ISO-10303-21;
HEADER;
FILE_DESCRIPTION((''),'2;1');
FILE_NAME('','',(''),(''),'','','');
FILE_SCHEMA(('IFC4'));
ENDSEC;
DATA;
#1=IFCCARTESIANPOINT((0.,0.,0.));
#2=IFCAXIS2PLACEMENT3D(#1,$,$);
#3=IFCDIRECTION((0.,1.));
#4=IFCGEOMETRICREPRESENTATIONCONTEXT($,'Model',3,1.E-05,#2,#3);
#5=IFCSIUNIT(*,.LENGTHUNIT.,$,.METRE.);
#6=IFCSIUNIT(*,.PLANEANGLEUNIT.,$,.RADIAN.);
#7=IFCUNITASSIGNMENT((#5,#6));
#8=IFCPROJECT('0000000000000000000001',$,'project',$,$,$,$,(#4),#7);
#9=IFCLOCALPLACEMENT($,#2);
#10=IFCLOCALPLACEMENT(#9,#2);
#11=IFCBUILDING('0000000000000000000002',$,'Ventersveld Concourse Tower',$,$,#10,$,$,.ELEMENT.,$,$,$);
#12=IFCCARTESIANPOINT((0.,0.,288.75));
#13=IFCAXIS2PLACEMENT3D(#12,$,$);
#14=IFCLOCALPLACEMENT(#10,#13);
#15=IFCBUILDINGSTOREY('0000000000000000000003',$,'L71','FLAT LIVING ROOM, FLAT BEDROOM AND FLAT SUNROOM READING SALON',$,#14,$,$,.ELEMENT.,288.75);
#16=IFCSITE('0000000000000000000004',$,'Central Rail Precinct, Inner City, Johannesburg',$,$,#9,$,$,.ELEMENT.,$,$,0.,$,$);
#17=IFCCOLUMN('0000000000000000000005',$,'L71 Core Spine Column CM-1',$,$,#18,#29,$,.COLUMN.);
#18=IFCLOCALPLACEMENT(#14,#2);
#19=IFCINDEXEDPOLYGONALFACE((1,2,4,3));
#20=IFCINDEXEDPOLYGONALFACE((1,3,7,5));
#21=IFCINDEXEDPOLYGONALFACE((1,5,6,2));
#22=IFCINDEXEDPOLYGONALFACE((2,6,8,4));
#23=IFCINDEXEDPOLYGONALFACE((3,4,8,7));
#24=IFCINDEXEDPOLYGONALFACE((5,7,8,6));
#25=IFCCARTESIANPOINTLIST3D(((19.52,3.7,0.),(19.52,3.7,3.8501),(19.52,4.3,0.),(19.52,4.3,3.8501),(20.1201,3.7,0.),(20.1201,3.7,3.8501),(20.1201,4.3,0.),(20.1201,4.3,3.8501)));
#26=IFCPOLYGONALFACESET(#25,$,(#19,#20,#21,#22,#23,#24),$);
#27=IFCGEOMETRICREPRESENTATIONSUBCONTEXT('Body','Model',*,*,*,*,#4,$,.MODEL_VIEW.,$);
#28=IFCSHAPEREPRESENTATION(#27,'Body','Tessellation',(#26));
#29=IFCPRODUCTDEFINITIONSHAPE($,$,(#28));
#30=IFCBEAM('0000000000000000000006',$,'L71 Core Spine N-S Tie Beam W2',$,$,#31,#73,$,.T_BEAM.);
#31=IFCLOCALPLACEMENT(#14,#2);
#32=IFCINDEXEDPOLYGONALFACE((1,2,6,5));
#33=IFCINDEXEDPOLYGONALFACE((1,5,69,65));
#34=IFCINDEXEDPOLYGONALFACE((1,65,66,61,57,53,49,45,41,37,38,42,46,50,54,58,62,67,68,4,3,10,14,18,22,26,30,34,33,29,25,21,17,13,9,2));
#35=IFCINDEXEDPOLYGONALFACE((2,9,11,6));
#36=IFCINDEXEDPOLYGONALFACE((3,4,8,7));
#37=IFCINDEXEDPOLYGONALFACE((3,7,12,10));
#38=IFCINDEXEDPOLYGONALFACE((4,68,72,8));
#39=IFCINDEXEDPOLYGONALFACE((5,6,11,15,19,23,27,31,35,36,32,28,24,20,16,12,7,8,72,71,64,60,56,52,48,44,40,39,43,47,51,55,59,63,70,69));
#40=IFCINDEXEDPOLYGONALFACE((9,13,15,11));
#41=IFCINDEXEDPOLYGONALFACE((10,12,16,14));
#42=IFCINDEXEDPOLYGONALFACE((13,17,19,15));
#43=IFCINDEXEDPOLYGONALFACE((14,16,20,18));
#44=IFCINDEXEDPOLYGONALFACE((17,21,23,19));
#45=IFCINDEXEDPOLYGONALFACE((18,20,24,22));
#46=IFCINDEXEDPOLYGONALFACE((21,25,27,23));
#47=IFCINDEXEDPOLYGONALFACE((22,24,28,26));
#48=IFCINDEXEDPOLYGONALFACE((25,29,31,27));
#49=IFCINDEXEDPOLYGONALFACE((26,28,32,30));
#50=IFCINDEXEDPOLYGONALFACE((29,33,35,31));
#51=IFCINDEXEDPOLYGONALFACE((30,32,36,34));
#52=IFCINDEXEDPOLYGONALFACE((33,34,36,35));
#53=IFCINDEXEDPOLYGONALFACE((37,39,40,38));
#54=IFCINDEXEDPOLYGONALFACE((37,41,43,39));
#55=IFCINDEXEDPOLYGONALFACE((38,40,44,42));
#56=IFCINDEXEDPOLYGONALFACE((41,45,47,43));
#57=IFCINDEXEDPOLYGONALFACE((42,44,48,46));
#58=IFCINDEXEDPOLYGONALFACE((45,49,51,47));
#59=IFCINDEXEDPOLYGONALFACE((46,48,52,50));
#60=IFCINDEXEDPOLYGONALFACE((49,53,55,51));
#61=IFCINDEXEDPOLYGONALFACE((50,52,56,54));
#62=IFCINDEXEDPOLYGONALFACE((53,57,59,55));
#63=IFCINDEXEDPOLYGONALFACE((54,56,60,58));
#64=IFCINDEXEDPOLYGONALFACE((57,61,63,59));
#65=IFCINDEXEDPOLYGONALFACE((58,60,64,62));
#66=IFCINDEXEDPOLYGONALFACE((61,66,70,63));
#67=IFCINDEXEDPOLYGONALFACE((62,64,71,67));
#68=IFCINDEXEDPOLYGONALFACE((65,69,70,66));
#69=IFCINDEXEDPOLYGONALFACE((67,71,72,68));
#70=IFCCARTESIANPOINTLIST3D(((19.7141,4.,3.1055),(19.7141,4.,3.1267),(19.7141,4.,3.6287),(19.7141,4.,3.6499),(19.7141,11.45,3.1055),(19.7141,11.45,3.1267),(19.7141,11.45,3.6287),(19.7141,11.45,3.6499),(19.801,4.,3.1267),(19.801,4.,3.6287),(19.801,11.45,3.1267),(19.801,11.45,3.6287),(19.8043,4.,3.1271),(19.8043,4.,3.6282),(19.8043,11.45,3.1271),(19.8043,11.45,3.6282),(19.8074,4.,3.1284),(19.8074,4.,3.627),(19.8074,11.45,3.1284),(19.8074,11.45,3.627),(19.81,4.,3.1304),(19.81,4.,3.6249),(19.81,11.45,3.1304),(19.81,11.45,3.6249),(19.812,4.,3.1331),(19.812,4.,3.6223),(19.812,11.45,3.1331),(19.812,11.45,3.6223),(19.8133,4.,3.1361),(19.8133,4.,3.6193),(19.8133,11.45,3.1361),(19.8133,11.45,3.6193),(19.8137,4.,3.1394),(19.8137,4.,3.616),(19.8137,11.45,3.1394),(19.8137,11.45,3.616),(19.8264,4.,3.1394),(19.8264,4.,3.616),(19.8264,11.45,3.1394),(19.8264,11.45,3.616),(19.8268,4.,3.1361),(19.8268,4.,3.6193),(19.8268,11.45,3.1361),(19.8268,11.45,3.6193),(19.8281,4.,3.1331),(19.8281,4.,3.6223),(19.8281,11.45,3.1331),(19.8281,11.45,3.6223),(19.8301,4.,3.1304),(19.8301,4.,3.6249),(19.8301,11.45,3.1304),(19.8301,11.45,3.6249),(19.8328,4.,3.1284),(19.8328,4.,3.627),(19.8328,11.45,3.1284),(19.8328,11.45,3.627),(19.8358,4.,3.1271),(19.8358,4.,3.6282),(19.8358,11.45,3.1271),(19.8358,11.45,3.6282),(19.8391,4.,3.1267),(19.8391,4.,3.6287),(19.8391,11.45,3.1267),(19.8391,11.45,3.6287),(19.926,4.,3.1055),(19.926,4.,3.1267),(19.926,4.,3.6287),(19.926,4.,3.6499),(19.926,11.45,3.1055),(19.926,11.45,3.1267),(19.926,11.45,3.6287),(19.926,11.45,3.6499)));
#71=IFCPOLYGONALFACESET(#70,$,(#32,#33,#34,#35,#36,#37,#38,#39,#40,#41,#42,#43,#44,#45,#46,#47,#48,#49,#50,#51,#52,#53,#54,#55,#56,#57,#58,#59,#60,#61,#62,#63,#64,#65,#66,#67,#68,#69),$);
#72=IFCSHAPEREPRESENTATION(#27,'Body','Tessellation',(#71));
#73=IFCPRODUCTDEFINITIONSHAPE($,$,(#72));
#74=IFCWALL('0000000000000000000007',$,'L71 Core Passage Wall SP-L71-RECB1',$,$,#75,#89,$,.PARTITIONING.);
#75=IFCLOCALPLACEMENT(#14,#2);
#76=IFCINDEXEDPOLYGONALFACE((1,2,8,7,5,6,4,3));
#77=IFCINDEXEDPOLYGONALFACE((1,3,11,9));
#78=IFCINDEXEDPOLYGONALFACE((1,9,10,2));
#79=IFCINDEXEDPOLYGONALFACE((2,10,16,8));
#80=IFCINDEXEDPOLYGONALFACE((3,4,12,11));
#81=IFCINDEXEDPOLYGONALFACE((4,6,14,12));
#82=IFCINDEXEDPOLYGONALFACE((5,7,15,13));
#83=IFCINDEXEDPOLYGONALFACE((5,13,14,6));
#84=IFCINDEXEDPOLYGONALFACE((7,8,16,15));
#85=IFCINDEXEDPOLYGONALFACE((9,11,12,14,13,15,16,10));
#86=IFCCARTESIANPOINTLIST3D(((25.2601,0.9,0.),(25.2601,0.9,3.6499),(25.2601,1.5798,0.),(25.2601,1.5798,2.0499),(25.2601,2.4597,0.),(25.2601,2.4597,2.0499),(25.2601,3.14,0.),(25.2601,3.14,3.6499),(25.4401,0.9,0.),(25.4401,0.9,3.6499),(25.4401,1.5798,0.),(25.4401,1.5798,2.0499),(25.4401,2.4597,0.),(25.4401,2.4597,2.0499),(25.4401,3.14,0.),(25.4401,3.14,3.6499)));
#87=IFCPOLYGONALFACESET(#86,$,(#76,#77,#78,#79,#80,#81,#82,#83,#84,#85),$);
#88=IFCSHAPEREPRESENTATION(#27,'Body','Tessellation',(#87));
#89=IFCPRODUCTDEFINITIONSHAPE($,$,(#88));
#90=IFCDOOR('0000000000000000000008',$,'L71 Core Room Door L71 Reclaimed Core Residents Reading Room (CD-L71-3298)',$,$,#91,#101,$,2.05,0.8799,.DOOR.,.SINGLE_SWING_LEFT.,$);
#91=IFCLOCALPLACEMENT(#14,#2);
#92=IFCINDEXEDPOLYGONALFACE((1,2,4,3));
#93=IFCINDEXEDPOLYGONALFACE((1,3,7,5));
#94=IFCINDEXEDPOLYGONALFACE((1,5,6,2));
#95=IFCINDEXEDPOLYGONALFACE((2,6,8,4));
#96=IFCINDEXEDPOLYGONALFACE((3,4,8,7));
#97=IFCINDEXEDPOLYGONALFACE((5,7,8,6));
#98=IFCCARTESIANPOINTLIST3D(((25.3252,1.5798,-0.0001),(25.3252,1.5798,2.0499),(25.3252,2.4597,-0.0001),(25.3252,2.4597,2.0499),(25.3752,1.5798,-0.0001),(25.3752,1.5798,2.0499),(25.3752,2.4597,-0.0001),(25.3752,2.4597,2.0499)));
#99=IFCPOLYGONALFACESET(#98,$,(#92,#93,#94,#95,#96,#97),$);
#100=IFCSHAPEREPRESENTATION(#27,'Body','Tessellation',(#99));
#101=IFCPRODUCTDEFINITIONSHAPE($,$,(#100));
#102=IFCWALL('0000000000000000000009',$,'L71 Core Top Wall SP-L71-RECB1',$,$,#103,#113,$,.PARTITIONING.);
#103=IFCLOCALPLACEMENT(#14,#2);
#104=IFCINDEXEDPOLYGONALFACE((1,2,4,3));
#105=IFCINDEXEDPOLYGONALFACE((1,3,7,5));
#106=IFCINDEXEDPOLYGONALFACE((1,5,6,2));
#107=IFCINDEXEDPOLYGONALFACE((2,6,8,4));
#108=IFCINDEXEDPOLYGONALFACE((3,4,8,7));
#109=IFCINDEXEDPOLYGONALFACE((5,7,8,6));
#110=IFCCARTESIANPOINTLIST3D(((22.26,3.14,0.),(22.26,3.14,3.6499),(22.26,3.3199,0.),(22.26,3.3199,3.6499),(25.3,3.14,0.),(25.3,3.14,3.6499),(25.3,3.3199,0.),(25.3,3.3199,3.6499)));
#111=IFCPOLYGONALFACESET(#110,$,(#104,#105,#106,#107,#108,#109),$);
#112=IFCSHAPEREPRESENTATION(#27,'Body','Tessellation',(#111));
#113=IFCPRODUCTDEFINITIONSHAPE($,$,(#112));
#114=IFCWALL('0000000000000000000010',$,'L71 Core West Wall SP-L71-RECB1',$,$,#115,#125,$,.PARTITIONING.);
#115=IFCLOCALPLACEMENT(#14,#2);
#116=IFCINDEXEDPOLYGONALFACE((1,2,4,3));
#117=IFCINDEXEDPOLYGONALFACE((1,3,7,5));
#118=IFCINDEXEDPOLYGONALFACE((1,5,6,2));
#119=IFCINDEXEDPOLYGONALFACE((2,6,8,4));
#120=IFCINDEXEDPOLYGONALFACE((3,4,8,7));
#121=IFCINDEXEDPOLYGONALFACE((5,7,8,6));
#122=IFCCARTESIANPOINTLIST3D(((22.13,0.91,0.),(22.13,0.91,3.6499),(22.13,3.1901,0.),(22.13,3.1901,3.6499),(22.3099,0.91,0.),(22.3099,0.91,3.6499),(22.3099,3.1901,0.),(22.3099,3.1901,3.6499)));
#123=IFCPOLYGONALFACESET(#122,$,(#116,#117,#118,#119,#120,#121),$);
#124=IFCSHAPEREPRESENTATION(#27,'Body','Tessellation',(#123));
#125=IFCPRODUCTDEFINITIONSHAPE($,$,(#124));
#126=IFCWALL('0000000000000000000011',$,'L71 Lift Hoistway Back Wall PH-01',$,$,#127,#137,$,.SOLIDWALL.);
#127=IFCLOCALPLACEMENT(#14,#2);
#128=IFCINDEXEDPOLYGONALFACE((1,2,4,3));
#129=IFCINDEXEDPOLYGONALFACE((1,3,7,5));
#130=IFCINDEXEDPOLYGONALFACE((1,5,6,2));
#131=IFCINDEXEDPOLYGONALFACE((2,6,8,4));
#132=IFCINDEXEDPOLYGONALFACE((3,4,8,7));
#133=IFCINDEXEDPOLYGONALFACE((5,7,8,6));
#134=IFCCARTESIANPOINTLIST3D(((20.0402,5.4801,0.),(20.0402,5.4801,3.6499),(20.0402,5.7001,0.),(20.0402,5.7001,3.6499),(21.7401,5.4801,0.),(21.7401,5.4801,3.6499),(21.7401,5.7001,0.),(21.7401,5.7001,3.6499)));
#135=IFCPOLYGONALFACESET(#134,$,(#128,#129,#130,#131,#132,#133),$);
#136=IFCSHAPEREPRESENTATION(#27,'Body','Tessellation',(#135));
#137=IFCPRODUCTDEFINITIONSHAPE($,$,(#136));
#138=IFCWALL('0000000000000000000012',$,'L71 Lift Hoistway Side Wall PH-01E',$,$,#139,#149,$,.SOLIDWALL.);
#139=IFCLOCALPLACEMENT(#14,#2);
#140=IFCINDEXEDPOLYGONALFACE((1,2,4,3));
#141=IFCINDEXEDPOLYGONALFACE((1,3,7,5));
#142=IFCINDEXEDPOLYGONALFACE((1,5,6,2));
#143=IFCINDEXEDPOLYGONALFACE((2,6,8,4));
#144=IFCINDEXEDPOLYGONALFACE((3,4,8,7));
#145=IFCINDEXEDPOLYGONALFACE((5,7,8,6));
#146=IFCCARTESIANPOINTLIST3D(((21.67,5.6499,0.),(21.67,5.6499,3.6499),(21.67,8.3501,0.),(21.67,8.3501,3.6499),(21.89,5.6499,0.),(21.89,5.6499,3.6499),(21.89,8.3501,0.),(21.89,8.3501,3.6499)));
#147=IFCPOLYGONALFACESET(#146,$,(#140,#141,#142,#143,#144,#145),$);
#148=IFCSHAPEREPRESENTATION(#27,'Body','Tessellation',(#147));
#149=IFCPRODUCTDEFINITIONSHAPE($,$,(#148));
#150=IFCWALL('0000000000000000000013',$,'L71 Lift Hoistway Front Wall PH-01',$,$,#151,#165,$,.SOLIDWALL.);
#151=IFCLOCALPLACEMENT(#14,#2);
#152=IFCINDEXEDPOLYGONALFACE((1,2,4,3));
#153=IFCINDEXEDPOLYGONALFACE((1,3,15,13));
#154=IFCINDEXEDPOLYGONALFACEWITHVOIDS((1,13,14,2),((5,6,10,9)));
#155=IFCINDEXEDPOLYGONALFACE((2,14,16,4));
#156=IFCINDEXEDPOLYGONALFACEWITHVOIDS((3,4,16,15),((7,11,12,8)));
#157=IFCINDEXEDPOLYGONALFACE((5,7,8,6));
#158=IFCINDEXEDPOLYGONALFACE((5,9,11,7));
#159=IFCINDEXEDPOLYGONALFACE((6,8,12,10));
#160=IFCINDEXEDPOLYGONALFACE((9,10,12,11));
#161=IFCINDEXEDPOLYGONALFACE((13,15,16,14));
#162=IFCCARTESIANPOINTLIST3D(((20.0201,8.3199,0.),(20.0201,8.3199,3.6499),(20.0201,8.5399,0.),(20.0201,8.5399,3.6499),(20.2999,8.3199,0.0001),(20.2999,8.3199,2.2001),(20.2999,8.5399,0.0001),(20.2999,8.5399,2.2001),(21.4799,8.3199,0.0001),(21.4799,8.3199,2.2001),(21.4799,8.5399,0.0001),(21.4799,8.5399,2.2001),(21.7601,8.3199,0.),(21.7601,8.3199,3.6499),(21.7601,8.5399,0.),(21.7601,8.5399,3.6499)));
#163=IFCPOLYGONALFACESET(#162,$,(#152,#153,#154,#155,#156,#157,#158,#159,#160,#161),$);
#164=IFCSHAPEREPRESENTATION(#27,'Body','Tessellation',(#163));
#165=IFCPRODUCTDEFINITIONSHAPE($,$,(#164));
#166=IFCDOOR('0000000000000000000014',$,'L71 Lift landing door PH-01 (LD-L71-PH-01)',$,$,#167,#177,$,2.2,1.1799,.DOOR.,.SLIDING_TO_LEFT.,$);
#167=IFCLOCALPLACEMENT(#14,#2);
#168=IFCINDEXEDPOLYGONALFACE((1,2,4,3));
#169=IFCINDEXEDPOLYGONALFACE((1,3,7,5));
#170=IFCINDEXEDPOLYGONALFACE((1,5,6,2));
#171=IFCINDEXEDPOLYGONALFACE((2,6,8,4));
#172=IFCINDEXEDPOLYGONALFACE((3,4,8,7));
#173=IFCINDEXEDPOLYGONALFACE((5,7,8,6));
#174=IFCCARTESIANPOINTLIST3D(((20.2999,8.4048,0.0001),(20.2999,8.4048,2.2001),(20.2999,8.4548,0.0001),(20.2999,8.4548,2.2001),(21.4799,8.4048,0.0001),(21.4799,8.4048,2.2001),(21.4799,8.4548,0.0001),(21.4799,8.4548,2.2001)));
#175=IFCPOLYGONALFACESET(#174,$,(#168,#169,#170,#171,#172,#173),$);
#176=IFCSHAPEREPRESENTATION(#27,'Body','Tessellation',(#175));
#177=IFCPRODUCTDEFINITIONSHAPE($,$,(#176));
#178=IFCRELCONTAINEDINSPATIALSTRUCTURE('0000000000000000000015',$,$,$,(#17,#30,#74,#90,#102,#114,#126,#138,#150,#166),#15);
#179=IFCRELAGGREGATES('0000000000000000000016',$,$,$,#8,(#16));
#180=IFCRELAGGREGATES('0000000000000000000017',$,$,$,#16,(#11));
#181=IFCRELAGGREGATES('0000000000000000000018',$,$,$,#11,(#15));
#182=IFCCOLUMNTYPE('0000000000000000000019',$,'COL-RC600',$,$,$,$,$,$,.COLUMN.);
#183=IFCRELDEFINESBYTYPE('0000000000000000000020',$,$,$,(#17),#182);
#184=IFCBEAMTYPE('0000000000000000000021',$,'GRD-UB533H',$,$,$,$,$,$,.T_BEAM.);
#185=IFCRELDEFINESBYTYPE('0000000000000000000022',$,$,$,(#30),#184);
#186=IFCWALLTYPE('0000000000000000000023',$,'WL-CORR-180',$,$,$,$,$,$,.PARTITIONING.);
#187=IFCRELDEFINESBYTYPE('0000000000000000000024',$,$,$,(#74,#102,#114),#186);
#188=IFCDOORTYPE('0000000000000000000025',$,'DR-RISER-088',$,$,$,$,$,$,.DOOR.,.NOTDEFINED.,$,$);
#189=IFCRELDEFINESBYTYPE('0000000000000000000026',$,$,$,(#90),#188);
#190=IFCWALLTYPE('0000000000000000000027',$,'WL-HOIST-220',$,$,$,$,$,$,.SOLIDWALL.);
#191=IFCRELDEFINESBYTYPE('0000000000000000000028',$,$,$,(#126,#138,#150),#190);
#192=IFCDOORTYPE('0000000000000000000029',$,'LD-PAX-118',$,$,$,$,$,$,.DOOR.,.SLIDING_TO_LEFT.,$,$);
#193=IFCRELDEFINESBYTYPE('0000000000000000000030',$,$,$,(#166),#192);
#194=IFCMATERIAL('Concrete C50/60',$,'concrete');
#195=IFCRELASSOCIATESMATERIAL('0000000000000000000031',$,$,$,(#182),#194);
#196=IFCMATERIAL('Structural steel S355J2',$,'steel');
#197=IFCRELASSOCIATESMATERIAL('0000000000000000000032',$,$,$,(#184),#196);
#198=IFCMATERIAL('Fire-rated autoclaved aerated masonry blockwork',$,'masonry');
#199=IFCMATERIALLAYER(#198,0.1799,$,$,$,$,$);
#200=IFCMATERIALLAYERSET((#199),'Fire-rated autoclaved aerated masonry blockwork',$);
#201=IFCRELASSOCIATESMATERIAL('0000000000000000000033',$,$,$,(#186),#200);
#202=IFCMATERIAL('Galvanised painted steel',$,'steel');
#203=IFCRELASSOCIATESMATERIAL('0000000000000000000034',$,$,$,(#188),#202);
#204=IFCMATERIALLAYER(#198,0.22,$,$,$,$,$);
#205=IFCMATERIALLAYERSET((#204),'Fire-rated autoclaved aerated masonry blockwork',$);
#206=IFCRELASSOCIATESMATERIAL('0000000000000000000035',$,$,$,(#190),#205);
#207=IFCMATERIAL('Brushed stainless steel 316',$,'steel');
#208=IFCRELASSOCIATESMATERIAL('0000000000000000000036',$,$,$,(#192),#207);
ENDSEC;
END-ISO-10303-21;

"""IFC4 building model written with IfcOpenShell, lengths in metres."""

from ifc_helpers import new_model, si_unit, direction, frame, frame_2d, origin, origin_2d, place, context, subcontext, project, spatial, rectangle, i_section, extrude, material, layer, layer_set, material_profile, profile_set, type_object, element, fill, save


model = new_model("IFC4")

# Units and contexts
model_context = context("Model", 3, precision=1e-05, world=origin(), true_north=direction((0.0, 1.0)))
body_context = subcontext(model_context, "Body", "Model", "MODEL_VIEW")
ifc_project = project(units=[si_unit("LENGTHUNIT", "METRE"), si_unit("PLANEANGLEUNIT", "RADIAN")], contexts=[model_context])

# Site, building, storey
site_placement = place(None, origin())
site = spatial("IfcSite", under=ifc_project, at=site_placement, Name="Central Rail Precinct, Inner City, Johannesburg", CompositionType="ELEMENT", RefElevation=0.0)
building_placement = place(site_placement, origin())
building = spatial("IfcBuilding", under=site, at=building_placement, Name="Ventersveld Concourse Tower", CompositionType="ELEMENT")
storey_placement = place(building_placement, frame((0.0, 0.0, 288.75)))
storey = spatial("IfcBuildingStorey", under=building, at=storey_placement, Name="L71", Description="FLAT LIVING ROOM, FLAT BEDROOM AND FLAT SUNROOM READING SALON", CompositionType="ELEMENT", Elevation=288.75)

# Column
ifc_material_1 = material(Name="Concrete C50/60", Category="concrete")
ifc_material_profile_1 = material_profile(ifc_material_1, rectangle(XDim=0.6001, YDim=0.6001, at=origin_2d()), Name="RC 600x600")
ifc_profile_set_1 = profile_set([ifc_material_profile_1], Name="Concrete C50/60")
column_type = type_object("IfcColumnType", Name="COL-RC600", PredefinedType="COLUMN", material=ifc_profile_set_1)
column_placement = place(storey_placement, frame((19.8201, 4.0, 0.0), z_axis=(0.0, 0.0, 1.0), x_axis=(1.0, 0.0, 0.0)))
element("IfcColumn", 1, at=column_placement, inside=storey, type_object=column_type, Name="L71 Core Spine Column CM-1", PredefinedType="COLUMN", context=body_context, shape_type="SweptSolid", body=[
    extrude(rectangle(XDim=0.6001, YDim=0.6001, at=origin_2d()), origin(), (0.0, 0.0, 1.0), 3.8501),
])

# Beam
ifc_material_2 = material(Name="Structural steel S355J2", Category="steel")
ifc_material_profile_2 = material_profile(ifc_material_2, i_section(OverallWidth=0.2119, OverallDepth=0.5444, WebThickness=0.0127, FlangeThickness=0.0212, FilletRadius=0.0127, at=origin_2d()), Name="UB 533x210x122")
ifc_profile_set_2 = profile_set([ifc_material_profile_2], Name="Structural steel S355J2")
beam_type = type_object("IfcBeamType", Name="GRD-UB533H", PredefinedType="T_BEAM", material=ifc_profile_set_2)
beam_placement = place(storey_placement, frame((19.8201, 4.0, 3.3777), z_axis=(0.0, 1.0, 0.0), x_axis=(-1.0, 0.0, 0.0)))
element("IfcBeam", 2, at=beam_placement, inside=storey, type_object=beam_type, Name="L71 Core Spine N-S Tie Beam W2", PredefinedType="T_BEAM", context=body_context, shape_type="SweptSolid", body=[
    extrude(i_section(OverallWidth=0.2119, OverallDepth=0.5444, WebThickness=0.0127, FlangeThickness=0.0212, FilletRadius=0.0127, at=origin_2d()), origin(), (0.0, 0.0, 1.0), 7.45),
])

# Wall, opening, door
ifc_material_3 = material(Name="Fire-rated autoclaved aerated masonry blockwork", Category="masonry")
ifc_layer_1 = layer(ifc_material_3, 0.1799)
ifc_layer_set_1 = layer_set([ifc_layer_1], Name="Fire-rated autoclaved aerated masonry blockwork")
wall_type_1 = type_object("IfcWallType", Name="WL-CORR-180", PredefinedType="PARTITIONING", material=ifc_layer_set_1)
wall_1_placement = place(storey_placement, frame((25.3501, 0.8999, 0.0), z_axis=(0.0, 0.0, 1.0), x_axis=(0.0, 1.0, 0.0)))
wall_1 = element("IfcWall", 3, at=wall_1_placement, inside=storey, type_object=wall_type_1, Name="L71 Core Passage Wall SP-L71-RECB1", PredefinedType="PARTITIONING", context=body_context, shape_type="SweptSolid", body=[
    extrude(rectangle(XDim=2.24, YDim=0.1799, at=frame_2d((1.1201, 0.0))), origin(), (0.0, 0.0, 1.0), 3.6499),
])
opening_1_placement = place(wall_1_placement, frame((0.6799, 0.0, 0.0)))
opening_1 = element("IfcOpeningElement", 4, at=opening_1_placement, cuts=wall_1, PredefinedType="OPENING", context=body_context, shape_type="SweptSolid", body=[
    extrude(rectangle(XDim=0.8799, YDim=2.05, at=frame_2d((0.4399, 1.0249))), frame((0.0, 0.1001, 0.0), z_axis=(0.0, -1.0, 0.0), x_axis=(1.0, 0.0, 0.0)), (0.0, 0.0, 1.0), 0.2),
])
ifc_material_4 = material(Name="Galvanised painted steel", Category="steel")
door_type_1 = type_object("IfcDoorType", Name="DR-RISER-088", OperationType="NOTDEFINED", PredefinedType="DOOR", material=ifc_material_4)
door_1_placement = place(opening_1_placement, origin())
door_1 = element("IfcDoor", 5, at=door_1_placement, inside=storey, type_object=door_type_1, Name="L71 Core Room Door L71 Reclaimed Core Residents Reading Room (CD-L71-3298)", OperationType="SINGLE_SWING_LEFT", OverallHeight=2.05, OverallWidth=0.8799, PredefinedType="DOOR", context=body_context, shape_type="SweptSolid", body=[
    extrude(rectangle(XDim=0.8799, YDim=2.05, at=frame_2d((0.4399, 1.0249))), frame((0.0, 0.0249, 0.0), z_axis=(0.0, -1.0, 0.0), x_axis=(1.0, 0.0, 0.0)), (0.0, 0.0, 1.0), 0.05),
])
fill(opening_1, door_1)

# Walls
wall_2_placement = place(storey_placement, frame((22.26, 3.23, 0.0), z_axis=(0.0, 0.0, 1.0), x_axis=(1.0, 0.0, 0.0)))
element("IfcWall", 6, at=wall_2_placement, inside=storey, type_object=wall_type_1, Name="L71 Core Top Wall SP-L71-RECB1", PredefinedType="PARTITIONING", context=body_context, shape_type="SweptSolid", body=[
    extrude(rectangle(XDim=3.04, YDim=0.1799, at=frame_2d((1.52, 0.0))), origin(), (0.0, 0.0, 1.0), 3.6499),
])
wall_3_placement = place(storey_placement, frame((22.22, 0.9099, 0.0), z_axis=(0.0, 0.0, 1.0), x_axis=(0.0, 1.0, 0.0)))
element("IfcWall", 7, at=wall_3_placement, inside=storey, type_object=wall_type_1, Name="L71 Core West Wall SP-L71-RECB1", PredefinedType="PARTITIONING", context=body_context, shape_type="SweptSolid", body=[
    extrude(rectangle(XDim=2.28, YDim=0.1799, at=frame_2d((1.1401, 0.0))), origin(), (0.0, 0.0, 1.0), 3.6499),
])
ifc_layer_2 = layer(ifc_material_3, 0.22)
ifc_layer_set_2 = layer_set([ifc_layer_2], Name="Fire-rated autoclaved aerated masonry blockwork")
wall_type_2 = type_object("IfcWallType", Name="WL-HOIST-220", PredefinedType="SOLIDWALL", material=ifc_layer_set_2)
wall_4_placement = place(storey_placement, frame((20.04, 5.5901, 0.0), z_axis=(0.0, 0.0, 1.0), x_axis=(1.0, 0.0, 0.0)))
element("IfcWall", 8, at=wall_4_placement, inside=storey, type_object=wall_type_2, Name="L71 Lift Hoistway Back Wall PH-01", PredefinedType="SOLIDWALL", context=body_context, shape_type="SweptSolid", body=[
    extrude(rectangle(XDim=1.7, YDim=0.22, at=frame_2d((0.8501, 0.0))), origin(), (0.0, 0.0, 1.0), 3.6499),
])
wall_5_placement = place(storey_placement, frame((21.78, 5.6499, 0.0), z_axis=(0.0, 0.0, 1.0), x_axis=(0.0, 1.0, 0.0)))
element("IfcWall", 9, at=wall_5_placement, inside=storey, type_object=wall_type_2, Name="L71 Lift Hoistway Side Wall PH-01E", PredefinedType="SOLIDWALL", context=body_context, shape_type="SweptSolid", body=[
    extrude(rectangle(XDim=2.7002, YDim=0.22, at=frame_2d((1.3501, 0.0))), origin(), (0.0, 0.0, 1.0), 3.6499),
])

# Wall, opening, door
wall_6_placement = place(storey_placement, frame((20.02, 8.4299, 0.0), z_axis=(0.0, 0.0, 1.0), x_axis=(1.0, 0.0, 0.0)))
wall_6 = element("IfcWall", 10, at=wall_6_placement, inside=storey, type_object=wall_type_2, Name="L71 Lift Hoistway Front Wall PH-01", PredefinedType="SOLIDWALL", context=body_context, shape_type="SweptSolid", body=[
    extrude(rectangle(XDim=1.74, YDim=0.22, at=frame_2d((0.8701, 0.0))), origin(), (0.0, 0.0, 1.0), 3.6499),
])
opening_2_placement = place(wall_6_placement, frame((0.28, 0.0, 0.0)))
opening_2 = element("IfcOpeningElement", 11, at=opening_2_placement, cuts=wall_6, PredefinedType="OPENING", context=body_context, shape_type="SweptSolid", body=[
    extrude(rectangle(XDim=1.1799, YDim=2.2, at=frame_2d((0.5898, 1.1001))), frame((0.0, 0.1201, 0.0), z_axis=(0.0, -1.0, 0.0), x_axis=(1.0, 0.0, 0.0)), (0.0, 0.0, 1.0), 0.24),
])
ifc_material_5 = material(Name="Brushed stainless steel 316", Category="steel")
door_type_2 = type_object("IfcDoorType", Name="LD-PAX-118", OperationType="SLIDING_TO_LEFT", PredefinedType="DOOR", material=ifc_material_5)
door_2_placement = place(opening_2_placement, origin())
door_2 = element("IfcDoor", 12, at=door_2_placement, inside=storey, type_object=door_type_2, Name="L71 Lift landing door PH-01 (LD-L71-PH-01)", OperationType="SLIDING_TO_LEFT", OverallHeight=2.2, OverallWidth=1.1799, PredefinedType="DOOR", context=body_context, shape_type="SweptSolid", body=[
    extrude(rectangle(XDim=1.1799, YDim=2.2, at=frame_2d((0.5898, 1.1001))), frame((0.0, 0.0249, 0.0), z_axis=(0.0, -1.0, 0.0), x_axis=(1.0, 0.0, 0.0)), (0.0, 0.0, 1.0), 0.05),
])
fill(opening_2, door_2)

save(model, "model.ifc")
